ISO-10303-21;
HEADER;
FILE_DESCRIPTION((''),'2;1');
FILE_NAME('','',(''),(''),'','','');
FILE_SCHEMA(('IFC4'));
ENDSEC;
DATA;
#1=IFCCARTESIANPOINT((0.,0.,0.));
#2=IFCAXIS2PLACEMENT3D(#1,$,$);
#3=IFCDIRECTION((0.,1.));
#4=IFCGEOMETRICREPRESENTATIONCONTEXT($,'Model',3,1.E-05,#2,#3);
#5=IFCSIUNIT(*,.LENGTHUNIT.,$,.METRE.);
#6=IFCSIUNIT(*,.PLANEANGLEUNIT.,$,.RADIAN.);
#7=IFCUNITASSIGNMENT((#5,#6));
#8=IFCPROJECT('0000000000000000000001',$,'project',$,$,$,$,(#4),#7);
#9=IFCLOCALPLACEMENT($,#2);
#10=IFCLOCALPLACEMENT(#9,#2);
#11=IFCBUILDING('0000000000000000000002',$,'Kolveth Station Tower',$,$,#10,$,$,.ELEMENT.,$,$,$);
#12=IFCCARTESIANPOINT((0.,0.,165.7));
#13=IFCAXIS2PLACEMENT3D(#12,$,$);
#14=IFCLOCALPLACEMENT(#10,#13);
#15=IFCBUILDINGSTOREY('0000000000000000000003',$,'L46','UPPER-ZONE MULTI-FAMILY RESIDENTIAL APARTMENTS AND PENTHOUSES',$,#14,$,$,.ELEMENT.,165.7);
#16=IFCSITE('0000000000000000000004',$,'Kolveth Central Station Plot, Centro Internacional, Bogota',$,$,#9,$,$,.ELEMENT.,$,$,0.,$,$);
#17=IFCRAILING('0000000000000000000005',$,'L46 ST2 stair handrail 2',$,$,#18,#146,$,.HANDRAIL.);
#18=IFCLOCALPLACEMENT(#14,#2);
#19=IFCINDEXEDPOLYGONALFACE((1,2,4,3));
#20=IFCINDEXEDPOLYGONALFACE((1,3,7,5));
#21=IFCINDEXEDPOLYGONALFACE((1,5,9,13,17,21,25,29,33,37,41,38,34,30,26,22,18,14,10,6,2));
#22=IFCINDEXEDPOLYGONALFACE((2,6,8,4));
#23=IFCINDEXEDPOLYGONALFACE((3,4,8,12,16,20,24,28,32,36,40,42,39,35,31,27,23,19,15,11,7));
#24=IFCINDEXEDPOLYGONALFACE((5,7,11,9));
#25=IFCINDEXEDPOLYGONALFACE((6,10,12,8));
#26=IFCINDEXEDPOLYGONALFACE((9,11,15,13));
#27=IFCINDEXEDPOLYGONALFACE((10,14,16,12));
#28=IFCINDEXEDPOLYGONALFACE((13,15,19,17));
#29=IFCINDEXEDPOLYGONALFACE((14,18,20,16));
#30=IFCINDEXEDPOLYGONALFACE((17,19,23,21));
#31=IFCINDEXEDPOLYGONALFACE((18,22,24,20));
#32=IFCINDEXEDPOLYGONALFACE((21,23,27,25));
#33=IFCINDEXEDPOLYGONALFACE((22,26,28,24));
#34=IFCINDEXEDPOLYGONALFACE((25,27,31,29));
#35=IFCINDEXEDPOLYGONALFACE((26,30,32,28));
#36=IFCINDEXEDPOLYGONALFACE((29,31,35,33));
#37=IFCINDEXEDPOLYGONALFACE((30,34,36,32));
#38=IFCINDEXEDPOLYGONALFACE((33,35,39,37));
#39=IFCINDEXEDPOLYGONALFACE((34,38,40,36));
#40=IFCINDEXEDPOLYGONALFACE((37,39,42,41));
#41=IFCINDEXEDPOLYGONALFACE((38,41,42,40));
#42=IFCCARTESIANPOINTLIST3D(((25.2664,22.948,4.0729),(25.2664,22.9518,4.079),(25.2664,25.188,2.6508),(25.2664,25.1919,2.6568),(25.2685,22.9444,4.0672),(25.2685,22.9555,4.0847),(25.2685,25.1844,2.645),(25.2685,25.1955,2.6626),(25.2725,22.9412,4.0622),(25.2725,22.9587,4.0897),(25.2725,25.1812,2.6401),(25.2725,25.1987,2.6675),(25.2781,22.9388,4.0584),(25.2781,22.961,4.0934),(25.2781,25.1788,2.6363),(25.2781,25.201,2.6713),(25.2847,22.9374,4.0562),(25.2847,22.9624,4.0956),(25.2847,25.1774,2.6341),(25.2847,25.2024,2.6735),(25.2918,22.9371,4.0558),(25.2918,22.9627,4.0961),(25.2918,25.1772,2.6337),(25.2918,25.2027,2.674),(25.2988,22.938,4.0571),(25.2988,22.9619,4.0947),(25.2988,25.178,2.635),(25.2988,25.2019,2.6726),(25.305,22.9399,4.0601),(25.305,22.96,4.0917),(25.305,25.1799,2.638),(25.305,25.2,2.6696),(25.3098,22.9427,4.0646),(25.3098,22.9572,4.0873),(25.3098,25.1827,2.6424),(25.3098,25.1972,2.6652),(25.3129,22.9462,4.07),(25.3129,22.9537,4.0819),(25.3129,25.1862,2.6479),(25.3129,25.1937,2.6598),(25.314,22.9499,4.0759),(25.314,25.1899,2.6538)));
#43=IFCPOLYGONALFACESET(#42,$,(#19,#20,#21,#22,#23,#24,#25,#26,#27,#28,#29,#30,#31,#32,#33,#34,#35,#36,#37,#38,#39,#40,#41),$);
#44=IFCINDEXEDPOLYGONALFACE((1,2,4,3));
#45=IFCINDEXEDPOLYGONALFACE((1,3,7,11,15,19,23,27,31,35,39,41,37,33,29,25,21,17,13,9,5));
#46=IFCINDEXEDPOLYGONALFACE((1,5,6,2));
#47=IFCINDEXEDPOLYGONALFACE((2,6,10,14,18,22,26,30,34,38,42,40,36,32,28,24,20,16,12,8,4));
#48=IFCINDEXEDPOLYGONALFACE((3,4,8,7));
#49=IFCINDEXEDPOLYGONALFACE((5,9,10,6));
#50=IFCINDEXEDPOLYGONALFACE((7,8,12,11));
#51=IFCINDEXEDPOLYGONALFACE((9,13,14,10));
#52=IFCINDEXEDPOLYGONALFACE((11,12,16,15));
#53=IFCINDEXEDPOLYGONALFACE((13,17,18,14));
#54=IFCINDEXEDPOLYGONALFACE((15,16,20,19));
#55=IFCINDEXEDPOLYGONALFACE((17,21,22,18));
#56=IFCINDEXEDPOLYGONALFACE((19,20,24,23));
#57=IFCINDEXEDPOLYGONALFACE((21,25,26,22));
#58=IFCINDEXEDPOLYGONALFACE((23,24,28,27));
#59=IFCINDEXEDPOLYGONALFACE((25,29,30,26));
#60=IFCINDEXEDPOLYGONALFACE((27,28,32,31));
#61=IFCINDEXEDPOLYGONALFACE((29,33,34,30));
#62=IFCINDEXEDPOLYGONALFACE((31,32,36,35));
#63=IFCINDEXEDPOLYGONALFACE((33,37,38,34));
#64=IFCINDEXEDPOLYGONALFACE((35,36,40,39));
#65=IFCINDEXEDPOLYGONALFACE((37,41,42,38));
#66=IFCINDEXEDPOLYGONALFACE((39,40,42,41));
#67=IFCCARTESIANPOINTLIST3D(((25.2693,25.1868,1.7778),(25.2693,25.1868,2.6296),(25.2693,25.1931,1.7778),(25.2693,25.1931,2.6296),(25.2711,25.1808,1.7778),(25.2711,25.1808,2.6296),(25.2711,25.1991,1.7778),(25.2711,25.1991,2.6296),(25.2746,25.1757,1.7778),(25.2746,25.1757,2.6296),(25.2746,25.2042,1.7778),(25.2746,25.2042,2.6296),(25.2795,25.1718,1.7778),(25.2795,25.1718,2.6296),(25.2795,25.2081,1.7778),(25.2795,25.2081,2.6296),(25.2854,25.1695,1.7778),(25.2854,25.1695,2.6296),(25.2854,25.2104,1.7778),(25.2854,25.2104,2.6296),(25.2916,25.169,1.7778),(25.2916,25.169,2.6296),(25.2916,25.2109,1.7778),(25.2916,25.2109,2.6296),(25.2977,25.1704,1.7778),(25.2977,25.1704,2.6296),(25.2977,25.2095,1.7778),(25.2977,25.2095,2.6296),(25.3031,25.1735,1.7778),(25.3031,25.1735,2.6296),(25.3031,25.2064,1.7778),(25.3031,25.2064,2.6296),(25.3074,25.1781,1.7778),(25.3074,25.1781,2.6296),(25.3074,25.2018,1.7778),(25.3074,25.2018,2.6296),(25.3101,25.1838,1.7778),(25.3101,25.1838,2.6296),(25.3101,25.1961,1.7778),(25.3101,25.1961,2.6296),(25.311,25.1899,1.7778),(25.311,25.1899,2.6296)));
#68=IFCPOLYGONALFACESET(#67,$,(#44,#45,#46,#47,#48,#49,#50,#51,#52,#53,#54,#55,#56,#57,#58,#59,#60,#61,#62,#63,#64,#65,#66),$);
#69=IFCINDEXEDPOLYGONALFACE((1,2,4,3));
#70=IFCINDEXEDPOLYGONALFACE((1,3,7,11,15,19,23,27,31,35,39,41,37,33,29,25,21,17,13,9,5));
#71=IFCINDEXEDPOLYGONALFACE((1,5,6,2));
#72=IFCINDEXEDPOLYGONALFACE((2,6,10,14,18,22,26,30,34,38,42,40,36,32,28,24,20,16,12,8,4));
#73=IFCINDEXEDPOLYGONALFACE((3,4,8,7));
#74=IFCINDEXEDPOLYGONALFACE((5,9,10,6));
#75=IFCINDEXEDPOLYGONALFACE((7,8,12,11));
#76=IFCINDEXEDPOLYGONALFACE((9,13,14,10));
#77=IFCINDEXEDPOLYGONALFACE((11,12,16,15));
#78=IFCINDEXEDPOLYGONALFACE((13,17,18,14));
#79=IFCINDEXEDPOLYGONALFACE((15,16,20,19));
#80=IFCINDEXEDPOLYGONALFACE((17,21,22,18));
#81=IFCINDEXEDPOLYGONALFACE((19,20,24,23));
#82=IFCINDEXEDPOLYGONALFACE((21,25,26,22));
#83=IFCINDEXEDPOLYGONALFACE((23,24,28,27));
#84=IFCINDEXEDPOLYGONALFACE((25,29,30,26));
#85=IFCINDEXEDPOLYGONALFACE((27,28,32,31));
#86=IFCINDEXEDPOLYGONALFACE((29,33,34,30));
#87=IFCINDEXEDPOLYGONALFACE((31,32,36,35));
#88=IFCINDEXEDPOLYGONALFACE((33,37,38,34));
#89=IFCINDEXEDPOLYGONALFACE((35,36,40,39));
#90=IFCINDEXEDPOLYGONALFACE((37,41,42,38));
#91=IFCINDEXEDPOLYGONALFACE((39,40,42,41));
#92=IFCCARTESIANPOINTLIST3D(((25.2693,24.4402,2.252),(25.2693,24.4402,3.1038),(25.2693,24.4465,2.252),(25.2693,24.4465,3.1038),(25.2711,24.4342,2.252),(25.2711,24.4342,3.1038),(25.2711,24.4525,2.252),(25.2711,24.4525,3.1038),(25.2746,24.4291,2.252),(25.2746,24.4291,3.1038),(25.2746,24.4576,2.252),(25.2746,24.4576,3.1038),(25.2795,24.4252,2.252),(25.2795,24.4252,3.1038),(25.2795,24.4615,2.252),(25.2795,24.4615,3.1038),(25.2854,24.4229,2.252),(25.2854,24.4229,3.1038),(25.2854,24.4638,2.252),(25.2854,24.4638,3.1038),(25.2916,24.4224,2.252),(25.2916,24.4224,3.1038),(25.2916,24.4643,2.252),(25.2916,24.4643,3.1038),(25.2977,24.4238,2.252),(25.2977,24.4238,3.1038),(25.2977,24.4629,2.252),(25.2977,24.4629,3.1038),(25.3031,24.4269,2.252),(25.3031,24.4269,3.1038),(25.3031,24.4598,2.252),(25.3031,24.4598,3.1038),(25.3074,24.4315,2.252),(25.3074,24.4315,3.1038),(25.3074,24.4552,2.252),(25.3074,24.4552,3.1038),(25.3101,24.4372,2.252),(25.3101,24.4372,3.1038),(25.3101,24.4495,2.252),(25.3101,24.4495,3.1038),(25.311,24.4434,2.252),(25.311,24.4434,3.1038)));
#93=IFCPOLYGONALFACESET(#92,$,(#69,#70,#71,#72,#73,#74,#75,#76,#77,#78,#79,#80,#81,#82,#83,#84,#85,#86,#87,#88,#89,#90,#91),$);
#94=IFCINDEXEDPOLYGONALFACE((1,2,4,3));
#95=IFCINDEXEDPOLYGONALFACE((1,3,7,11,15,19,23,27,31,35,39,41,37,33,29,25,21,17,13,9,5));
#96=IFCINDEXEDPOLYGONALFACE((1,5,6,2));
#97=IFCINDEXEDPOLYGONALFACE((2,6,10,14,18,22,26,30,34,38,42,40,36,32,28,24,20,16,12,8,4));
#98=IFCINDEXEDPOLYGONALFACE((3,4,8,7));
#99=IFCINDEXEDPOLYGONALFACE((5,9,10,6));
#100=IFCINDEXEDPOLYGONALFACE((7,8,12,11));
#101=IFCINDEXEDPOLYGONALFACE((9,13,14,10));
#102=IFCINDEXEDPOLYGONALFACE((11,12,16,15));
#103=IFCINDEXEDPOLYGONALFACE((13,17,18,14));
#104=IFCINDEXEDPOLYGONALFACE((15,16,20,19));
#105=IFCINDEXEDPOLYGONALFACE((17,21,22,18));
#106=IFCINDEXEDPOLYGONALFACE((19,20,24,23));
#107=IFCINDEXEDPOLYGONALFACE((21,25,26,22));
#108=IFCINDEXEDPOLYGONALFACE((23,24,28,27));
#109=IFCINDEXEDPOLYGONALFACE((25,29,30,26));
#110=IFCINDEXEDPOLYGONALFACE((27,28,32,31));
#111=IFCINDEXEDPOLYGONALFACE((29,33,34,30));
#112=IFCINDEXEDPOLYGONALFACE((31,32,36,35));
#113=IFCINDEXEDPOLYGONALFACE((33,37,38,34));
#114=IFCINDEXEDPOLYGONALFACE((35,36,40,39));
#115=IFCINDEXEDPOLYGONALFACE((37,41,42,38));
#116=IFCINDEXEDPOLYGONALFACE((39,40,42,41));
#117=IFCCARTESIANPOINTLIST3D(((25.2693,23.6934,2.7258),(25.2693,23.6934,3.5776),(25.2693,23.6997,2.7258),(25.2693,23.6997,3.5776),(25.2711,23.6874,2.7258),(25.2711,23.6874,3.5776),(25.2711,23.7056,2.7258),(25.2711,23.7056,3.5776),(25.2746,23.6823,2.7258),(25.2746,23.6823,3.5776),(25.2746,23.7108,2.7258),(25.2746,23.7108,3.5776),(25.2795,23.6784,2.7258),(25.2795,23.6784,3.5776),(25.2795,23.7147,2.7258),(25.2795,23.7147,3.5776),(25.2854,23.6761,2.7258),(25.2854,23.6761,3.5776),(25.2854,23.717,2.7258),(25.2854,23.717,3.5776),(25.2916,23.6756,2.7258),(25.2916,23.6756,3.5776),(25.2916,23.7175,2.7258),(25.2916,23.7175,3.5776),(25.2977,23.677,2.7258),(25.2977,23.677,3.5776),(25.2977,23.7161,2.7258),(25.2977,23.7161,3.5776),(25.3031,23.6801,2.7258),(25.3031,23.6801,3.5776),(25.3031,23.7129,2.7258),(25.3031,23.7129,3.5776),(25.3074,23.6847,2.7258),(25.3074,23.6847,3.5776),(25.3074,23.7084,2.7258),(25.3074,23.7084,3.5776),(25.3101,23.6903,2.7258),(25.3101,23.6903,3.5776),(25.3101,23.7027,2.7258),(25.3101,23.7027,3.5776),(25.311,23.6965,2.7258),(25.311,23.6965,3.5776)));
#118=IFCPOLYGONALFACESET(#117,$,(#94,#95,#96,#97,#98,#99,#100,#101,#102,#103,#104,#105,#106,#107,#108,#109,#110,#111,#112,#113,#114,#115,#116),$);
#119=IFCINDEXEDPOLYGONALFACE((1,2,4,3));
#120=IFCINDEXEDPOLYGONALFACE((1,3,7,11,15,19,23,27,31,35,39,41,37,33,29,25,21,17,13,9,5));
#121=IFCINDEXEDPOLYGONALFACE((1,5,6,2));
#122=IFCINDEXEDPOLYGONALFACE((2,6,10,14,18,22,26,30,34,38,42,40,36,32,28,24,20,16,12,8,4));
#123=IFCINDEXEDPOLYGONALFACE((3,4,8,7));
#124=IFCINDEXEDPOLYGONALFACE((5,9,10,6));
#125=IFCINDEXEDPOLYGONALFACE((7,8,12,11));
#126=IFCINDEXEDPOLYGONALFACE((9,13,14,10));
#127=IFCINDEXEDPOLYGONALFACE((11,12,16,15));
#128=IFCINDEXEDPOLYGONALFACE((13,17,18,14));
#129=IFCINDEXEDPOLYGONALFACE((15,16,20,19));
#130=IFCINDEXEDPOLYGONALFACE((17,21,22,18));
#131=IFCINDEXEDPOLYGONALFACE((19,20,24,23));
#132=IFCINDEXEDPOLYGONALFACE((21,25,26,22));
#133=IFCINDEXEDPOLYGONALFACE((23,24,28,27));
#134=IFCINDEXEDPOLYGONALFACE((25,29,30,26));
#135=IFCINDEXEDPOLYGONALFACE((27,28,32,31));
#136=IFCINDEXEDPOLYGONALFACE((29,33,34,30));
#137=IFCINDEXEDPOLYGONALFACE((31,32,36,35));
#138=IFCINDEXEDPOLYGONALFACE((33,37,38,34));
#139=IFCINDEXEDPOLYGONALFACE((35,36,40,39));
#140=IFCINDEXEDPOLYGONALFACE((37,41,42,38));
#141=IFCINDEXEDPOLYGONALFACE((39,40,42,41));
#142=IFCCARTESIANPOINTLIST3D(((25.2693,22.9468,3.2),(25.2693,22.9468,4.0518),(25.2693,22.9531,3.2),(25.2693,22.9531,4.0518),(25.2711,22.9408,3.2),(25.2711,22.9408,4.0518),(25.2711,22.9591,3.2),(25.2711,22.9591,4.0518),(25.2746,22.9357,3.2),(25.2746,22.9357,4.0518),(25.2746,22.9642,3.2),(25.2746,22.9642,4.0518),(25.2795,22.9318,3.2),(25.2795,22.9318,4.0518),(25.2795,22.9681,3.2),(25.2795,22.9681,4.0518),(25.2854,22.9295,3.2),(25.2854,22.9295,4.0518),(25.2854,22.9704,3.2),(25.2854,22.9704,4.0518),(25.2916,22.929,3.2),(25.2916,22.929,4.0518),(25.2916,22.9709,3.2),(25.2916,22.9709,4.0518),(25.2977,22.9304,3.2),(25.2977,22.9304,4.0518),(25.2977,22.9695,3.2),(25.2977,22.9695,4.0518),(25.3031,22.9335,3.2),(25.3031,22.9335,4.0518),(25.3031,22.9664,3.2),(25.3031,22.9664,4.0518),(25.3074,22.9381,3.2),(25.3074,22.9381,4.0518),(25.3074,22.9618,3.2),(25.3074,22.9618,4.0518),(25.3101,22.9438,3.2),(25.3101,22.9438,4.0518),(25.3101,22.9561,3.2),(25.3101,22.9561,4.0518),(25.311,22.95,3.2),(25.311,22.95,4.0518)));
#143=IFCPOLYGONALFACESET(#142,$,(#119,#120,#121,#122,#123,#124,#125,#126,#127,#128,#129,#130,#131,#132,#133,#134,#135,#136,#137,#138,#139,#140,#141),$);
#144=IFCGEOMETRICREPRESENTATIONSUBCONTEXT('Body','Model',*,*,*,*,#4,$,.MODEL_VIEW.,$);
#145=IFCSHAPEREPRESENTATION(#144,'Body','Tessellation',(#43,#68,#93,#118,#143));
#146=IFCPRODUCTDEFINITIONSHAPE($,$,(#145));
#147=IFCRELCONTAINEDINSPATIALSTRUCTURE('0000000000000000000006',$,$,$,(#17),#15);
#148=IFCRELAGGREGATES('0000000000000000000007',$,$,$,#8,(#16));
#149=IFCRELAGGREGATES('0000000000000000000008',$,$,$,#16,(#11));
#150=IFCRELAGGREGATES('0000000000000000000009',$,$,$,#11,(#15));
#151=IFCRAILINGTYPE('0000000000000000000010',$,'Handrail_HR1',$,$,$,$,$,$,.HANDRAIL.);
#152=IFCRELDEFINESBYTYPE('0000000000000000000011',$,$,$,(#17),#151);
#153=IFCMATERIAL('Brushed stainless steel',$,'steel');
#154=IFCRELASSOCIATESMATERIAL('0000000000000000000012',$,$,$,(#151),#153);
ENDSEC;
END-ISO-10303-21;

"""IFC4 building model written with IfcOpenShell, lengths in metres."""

from ifc_helpers import new_model, si_unit, direction, frame, origin, origin_2d, place, context, subcontext, project, spatial, circle, extrude, material, type_object, element, save


model = new_model("IFC4")

# Units and contexts
model_context = context("Model", 3, precision=1e-05, world=origin(), true_north=direction((0.0, 1.0)))
body_context = subcontext(model_context, "Body", "Model", "MODEL_VIEW")
ifc_project = project(units=[si_unit("LENGTHUNIT", "METRE"), si_unit("PLANEANGLEUNIT", "RADIAN")], contexts=[model_context])

# Site, building, storey
site_placement = place(None, origin())
site = spatial("IfcSite", under=ifc_project, at=site_placement, Name="Kolveth Central Station Plot, Centro Internacional, Bogota", CompositionType="ELEMENT", RefElevation=0.0)
building_placement = place(site_placement, origin())
building = spatial("IfcBuilding", under=site, at=building_placement, Name="Kolveth Station Tower", CompositionType="ELEMENT")
storey_placement = place(building_placement, frame((0.0, 0.0, 165.7)))
storey = spatial("IfcBuildingStorey", under=building, at=storey_placement, Name="L46", Description="UPPER-ZONE MULTI-FAMILY RESIDENTIAL APARTMENTS AND PENTHOUSES", CompositionType="ELEMENT", Elevation=165.7)

# Railing
ifc_material_1 = material(Name="Brushed stainless steel", Category="steel")
railing_type_1 = type_object("IfcRailingType", Name="Handrail_HR1", PredefinedType="HANDRAIL", material=ifc_material_1)
railing_1_placement = place(storey_placement, frame((25.29, 25.1899, 1.7778)))
element("IfcRailing", 1, at=railing_1_placement, inside=storey, type_object=railing_type_1, Name="L46 ST2 stair handrail 2", PredefinedType="HANDRAIL", context=body_context, shape_type="SweptSolid", body=[
    extrude(circle(Radius=0.0239, at=origin_2d()), frame((0.0, 0.0, 0.876), z_axis=(0.0, -0.844229, 0.535982), x_axis=(1.0, 0.0, 0.0)), (0.0, 0.0, 1.0), 2.6533),
    extrude(circle(Radius=0.021, at=origin_2d()), origin(), (0.0, 0.0, 1.0), 0.8518),
    extrude(circle(Radius=0.021, at=origin_2d()), frame((0.0, -0.7466, 0.4741)), (0.0, 0.0, 1.0), 0.8518),
    extrude(circle(Radius=0.021, at=origin_2d()), frame((0.0, -1.4934, 0.948)), (0.0, 0.0, 1.0), 0.8518),
    extrude(circle(Radius=0.021, at=origin_2d()), frame((0.0, -2.24, 1.4221)), (0.0, 0.0, 1.0), 0.8518),
])

save(model, "model.ifc")
